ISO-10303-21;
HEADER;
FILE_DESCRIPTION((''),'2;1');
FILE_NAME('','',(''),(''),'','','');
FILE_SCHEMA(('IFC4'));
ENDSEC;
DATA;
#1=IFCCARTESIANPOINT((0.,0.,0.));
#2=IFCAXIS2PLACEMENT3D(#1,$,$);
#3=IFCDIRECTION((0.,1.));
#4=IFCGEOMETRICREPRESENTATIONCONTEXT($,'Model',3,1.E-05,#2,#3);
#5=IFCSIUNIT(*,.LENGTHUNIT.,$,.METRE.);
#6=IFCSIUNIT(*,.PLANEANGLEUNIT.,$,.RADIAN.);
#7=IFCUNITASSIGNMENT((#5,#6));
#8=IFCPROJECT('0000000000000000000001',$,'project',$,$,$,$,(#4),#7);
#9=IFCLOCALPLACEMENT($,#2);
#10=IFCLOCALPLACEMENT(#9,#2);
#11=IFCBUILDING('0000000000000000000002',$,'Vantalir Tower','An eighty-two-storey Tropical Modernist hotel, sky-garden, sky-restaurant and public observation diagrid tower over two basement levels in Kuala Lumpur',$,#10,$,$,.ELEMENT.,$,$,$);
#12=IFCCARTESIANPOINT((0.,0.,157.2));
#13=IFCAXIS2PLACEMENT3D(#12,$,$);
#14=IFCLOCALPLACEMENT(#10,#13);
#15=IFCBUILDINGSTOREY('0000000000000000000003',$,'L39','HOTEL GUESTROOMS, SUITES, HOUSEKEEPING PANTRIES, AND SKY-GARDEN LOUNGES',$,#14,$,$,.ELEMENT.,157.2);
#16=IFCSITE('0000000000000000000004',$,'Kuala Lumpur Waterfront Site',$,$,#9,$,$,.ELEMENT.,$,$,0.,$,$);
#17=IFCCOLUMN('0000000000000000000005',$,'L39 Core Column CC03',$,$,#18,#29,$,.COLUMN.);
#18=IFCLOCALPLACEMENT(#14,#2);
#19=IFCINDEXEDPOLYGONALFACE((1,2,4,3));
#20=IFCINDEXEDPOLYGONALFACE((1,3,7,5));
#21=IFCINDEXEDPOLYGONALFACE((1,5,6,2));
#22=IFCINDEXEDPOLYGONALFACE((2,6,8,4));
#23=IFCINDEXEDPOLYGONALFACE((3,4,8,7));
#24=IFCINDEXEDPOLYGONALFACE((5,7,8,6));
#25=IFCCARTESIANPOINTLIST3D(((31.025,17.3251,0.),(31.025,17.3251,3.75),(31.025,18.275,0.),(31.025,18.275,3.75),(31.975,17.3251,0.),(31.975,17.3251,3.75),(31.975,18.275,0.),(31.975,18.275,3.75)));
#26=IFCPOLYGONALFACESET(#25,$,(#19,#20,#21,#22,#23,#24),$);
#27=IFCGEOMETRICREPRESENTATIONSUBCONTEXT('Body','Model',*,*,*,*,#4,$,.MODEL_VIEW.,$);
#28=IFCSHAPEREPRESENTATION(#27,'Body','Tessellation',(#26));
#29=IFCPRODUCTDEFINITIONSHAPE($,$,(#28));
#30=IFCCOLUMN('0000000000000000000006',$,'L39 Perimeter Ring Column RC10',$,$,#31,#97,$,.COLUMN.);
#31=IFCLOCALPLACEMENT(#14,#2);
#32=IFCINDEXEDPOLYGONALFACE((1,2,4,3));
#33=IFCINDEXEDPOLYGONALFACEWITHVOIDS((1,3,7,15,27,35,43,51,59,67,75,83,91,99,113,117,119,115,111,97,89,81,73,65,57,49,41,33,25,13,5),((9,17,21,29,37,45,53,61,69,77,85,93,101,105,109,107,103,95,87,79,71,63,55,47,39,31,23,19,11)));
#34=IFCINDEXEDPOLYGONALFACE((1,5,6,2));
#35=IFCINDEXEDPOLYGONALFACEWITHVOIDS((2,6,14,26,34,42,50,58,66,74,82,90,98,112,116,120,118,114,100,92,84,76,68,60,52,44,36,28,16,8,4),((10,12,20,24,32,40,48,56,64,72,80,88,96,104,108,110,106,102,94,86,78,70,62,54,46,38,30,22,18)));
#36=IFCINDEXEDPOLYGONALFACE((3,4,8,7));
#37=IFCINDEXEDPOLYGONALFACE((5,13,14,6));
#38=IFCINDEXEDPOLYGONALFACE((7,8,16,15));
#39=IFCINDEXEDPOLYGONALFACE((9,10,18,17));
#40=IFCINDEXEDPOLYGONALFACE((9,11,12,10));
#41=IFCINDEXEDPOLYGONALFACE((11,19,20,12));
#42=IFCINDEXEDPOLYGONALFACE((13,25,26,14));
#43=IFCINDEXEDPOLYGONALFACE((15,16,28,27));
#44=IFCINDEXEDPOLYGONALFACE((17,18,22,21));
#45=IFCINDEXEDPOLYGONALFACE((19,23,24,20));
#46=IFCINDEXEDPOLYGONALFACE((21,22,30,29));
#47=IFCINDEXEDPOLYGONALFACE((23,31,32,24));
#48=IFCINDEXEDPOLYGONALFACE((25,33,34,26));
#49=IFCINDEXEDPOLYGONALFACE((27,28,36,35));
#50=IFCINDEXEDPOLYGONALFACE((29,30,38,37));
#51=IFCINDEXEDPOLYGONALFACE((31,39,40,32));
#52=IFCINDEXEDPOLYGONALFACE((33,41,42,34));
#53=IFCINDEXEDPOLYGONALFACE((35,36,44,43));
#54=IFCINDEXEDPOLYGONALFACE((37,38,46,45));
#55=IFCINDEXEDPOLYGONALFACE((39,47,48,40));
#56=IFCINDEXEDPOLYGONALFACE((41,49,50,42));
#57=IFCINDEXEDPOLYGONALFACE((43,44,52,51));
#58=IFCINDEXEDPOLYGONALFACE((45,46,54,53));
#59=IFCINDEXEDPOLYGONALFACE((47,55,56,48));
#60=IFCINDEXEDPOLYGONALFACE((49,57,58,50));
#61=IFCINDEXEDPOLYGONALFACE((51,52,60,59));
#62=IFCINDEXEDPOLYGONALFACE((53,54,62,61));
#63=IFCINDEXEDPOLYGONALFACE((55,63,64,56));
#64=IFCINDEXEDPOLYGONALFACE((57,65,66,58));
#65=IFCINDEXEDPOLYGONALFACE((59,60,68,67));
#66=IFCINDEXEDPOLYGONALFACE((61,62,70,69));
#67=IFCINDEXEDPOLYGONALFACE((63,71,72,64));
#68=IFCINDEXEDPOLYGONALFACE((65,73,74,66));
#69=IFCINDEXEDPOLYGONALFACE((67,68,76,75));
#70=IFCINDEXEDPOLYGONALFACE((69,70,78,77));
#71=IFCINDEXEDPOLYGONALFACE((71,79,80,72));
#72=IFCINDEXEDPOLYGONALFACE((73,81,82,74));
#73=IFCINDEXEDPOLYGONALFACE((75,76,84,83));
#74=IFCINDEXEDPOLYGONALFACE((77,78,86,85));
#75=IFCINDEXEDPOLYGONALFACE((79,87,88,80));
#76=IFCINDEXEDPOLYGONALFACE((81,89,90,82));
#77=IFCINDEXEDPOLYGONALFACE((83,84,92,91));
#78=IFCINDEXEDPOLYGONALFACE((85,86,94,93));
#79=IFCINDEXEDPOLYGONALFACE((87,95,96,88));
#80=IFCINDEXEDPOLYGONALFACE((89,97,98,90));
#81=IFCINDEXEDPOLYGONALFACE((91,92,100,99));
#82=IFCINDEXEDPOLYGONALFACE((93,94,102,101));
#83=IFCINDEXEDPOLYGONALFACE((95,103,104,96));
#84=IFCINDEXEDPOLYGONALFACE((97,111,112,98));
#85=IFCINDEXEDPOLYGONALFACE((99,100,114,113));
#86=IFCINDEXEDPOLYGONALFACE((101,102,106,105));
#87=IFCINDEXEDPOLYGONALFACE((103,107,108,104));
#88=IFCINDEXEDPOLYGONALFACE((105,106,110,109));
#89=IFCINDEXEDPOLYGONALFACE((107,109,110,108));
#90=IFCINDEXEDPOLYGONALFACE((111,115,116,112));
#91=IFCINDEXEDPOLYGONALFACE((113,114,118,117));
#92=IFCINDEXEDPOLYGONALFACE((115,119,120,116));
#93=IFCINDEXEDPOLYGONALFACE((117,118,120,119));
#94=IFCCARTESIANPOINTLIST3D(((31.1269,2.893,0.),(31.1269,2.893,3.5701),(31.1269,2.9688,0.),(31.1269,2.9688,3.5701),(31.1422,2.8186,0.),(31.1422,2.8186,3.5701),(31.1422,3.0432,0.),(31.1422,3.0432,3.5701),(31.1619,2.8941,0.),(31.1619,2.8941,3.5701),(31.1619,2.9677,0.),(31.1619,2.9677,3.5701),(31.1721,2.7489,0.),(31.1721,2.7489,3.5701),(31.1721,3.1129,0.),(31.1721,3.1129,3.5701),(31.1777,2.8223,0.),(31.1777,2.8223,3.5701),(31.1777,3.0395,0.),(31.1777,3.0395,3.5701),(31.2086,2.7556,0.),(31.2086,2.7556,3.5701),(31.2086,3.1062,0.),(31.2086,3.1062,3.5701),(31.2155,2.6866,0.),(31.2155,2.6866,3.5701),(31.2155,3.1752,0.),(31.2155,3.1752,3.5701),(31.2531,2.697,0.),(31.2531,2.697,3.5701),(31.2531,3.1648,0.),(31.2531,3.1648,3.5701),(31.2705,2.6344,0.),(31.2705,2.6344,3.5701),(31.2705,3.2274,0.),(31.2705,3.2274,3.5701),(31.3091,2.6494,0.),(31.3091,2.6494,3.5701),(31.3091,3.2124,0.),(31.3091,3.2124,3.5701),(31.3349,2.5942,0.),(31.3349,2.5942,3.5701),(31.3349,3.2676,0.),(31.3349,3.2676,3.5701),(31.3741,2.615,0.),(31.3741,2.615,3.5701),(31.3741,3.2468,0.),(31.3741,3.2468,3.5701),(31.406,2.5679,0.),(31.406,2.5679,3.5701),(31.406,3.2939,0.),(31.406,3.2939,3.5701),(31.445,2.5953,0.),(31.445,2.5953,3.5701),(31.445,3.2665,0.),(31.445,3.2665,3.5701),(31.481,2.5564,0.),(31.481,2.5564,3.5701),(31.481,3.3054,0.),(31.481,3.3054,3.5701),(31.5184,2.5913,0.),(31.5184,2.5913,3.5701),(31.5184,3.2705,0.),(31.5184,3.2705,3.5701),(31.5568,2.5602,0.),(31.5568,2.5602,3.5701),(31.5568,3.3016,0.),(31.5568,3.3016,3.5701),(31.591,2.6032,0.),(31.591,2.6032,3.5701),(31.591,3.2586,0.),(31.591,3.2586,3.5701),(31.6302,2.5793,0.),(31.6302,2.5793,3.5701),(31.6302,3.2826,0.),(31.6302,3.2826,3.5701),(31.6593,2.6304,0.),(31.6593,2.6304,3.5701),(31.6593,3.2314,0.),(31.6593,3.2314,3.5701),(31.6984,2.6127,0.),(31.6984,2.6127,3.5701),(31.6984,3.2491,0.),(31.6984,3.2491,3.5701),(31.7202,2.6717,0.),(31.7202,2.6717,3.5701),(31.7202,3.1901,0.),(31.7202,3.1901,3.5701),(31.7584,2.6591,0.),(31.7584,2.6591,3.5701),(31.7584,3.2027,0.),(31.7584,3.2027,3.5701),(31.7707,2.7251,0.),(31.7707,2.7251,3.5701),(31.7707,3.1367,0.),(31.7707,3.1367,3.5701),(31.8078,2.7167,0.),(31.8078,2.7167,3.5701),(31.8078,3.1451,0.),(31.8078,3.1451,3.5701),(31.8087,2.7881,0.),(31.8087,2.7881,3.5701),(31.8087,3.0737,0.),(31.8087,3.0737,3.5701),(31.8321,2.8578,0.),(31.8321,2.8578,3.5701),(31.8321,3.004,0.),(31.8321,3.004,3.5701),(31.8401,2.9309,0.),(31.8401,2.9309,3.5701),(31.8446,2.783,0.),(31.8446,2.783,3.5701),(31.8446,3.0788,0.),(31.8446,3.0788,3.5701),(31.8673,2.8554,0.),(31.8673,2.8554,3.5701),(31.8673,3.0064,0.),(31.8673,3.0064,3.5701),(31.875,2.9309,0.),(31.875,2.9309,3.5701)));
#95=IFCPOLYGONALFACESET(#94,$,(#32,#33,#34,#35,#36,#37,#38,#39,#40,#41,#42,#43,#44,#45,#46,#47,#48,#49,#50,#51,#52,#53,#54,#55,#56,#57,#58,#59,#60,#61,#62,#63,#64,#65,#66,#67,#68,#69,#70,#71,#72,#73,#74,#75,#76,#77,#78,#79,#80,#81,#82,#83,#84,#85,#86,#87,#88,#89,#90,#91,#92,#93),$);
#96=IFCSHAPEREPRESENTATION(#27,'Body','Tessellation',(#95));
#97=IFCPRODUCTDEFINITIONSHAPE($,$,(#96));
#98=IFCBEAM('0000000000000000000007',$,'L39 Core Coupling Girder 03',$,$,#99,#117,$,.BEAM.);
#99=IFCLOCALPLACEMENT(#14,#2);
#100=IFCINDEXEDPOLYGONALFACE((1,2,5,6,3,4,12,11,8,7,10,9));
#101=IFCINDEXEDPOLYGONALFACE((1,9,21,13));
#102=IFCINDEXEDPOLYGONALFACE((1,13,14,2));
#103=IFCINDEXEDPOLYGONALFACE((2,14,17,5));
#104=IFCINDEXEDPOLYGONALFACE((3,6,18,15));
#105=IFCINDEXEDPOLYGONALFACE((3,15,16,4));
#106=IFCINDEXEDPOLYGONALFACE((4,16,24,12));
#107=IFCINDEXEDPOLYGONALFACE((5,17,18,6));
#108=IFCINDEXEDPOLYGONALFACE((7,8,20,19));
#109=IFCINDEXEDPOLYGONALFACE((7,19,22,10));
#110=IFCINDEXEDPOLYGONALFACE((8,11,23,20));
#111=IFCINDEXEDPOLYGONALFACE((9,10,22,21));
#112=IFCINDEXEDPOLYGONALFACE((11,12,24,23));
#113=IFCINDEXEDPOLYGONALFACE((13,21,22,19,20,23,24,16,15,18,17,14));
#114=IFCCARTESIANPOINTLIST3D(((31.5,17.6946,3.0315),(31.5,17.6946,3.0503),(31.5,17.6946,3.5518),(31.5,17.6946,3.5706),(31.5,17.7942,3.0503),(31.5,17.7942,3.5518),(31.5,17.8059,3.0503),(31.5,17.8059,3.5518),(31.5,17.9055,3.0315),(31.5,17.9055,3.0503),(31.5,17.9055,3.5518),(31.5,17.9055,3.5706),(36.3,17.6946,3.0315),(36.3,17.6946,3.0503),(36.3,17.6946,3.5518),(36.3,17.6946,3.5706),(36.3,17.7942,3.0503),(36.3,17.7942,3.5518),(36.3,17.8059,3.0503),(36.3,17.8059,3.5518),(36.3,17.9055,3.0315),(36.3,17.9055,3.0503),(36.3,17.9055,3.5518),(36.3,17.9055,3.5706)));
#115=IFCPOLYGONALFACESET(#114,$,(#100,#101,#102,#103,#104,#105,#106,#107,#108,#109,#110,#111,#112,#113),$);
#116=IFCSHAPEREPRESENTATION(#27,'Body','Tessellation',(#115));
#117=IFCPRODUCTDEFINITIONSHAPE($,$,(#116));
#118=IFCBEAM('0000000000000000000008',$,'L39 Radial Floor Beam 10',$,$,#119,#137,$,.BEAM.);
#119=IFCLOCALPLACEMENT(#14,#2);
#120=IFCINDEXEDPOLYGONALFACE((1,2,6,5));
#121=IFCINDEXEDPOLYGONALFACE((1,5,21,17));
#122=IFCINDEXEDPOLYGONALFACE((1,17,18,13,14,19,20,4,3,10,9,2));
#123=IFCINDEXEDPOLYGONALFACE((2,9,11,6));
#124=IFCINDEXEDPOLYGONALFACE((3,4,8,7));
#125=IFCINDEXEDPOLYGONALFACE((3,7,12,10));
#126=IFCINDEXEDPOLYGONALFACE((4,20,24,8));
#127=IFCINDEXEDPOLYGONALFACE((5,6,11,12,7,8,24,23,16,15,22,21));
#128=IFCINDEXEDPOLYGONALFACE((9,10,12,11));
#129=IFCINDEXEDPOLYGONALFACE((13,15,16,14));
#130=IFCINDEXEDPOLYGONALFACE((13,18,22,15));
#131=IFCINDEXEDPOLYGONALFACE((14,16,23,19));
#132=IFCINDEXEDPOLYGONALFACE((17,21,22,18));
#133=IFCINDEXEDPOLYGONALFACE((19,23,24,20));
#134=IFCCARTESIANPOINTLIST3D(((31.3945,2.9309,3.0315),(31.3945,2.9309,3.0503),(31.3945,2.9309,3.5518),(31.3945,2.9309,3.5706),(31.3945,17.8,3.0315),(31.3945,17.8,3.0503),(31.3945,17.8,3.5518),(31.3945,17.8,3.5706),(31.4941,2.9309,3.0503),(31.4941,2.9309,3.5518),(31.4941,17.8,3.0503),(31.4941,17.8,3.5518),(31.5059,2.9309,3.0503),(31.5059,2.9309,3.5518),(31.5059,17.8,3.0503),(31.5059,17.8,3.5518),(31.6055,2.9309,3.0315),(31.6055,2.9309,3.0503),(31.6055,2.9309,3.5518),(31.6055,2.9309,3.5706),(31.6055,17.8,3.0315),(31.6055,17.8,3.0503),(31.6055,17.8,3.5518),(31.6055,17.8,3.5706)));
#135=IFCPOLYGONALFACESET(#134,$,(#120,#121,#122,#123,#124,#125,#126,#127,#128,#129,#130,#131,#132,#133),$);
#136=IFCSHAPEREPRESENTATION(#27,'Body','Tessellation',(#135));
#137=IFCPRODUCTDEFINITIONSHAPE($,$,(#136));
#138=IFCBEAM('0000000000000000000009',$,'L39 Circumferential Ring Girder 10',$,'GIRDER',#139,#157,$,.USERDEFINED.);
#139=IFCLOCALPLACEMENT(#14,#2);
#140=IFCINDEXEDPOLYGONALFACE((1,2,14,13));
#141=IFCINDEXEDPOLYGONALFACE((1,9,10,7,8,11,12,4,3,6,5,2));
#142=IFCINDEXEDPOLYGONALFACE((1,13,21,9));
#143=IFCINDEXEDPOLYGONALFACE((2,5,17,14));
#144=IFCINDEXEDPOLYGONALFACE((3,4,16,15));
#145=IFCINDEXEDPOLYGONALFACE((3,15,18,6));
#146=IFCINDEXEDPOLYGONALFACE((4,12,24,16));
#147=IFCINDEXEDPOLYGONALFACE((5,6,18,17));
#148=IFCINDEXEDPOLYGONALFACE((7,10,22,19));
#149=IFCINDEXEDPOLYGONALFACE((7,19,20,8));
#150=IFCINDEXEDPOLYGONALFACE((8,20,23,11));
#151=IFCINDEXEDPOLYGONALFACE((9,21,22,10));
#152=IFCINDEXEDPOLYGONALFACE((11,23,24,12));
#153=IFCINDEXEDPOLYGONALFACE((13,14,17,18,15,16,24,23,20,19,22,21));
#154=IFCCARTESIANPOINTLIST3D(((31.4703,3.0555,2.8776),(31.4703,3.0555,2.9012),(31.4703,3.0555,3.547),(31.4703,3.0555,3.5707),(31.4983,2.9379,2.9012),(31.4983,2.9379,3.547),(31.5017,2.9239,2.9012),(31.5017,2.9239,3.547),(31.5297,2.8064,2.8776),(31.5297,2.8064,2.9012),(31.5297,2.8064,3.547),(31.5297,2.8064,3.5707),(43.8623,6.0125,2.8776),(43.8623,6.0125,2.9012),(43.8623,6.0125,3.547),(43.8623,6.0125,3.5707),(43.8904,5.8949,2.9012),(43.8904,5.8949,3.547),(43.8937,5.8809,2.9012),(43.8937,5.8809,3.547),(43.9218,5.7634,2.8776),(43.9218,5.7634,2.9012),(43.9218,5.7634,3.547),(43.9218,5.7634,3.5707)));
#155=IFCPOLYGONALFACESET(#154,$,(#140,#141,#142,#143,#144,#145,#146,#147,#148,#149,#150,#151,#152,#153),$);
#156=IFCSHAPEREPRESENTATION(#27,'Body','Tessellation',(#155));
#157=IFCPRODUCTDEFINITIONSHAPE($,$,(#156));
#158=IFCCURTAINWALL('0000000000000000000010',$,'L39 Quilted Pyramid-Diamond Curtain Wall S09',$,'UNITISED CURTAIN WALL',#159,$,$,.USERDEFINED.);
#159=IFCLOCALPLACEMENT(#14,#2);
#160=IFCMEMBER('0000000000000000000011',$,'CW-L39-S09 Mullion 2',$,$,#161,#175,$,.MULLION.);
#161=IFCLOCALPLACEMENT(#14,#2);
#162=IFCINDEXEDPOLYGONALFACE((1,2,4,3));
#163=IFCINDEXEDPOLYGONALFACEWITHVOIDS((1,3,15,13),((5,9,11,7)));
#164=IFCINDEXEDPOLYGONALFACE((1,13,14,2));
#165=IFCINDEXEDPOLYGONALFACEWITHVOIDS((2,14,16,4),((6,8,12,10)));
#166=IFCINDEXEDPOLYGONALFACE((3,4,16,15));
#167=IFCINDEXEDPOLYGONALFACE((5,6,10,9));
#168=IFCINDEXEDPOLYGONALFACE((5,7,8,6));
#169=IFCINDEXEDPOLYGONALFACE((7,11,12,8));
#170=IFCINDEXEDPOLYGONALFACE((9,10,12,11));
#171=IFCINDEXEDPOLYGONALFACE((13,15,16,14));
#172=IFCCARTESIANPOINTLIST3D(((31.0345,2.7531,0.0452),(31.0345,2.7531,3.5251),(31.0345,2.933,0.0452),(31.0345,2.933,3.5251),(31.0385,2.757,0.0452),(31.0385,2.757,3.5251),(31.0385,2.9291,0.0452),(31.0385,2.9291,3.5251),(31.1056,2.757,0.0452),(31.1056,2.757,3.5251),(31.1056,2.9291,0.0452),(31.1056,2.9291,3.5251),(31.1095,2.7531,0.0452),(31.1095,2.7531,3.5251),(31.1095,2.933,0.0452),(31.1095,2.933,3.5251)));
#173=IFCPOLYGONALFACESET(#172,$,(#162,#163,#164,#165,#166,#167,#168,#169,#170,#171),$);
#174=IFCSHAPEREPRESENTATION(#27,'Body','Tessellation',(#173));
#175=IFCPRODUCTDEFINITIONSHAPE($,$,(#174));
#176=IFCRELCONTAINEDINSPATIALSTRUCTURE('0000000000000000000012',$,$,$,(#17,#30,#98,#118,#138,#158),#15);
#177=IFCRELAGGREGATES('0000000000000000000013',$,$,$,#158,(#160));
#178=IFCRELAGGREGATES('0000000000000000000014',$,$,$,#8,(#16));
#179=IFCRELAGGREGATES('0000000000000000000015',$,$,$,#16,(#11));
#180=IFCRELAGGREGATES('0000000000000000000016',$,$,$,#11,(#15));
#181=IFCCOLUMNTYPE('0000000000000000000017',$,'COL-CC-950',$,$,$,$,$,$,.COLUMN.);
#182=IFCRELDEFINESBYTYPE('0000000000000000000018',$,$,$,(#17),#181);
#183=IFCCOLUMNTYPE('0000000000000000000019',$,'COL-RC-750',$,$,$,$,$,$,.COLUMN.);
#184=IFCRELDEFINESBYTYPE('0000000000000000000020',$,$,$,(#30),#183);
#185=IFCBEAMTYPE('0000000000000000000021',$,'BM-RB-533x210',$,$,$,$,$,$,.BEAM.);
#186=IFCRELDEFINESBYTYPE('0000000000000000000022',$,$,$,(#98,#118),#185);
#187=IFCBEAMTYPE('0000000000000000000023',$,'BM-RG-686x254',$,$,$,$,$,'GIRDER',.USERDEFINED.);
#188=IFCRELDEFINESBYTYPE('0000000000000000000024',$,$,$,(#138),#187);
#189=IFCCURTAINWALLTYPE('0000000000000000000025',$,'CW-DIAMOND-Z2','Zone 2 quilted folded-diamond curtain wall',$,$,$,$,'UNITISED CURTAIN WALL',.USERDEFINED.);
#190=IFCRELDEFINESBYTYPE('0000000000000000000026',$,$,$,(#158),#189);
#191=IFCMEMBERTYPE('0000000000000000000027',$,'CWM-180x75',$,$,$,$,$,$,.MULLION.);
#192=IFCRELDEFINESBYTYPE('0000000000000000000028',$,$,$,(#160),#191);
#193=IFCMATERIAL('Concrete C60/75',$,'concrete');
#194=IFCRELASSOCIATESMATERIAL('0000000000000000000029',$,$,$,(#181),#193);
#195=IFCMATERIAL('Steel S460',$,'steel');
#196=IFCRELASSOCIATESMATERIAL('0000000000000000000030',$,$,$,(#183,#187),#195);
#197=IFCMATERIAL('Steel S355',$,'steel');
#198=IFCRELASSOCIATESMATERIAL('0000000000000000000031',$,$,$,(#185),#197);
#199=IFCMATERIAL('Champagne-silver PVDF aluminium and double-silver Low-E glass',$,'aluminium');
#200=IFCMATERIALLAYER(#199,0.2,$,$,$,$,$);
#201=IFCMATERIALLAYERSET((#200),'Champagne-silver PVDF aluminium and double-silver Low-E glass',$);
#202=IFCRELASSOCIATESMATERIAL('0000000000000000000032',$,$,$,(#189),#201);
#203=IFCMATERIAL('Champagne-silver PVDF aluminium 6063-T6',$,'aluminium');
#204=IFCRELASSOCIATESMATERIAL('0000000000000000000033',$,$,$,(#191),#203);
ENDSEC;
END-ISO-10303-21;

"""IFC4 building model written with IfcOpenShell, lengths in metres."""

from ifc_helpers import new_model, si_unit, direction, frame, origin, origin_2d, place, context, subcontext, project, spatial, rectangle, hollow_rectangle, hollow_circle, i_section, extrude, material, layer, layer_set, material_profile, profile_set, type_object, element, aggregate, save


model = new_model("IFC4")

# Units and contexts
model_context = context("Model", 3, precision=1e-05, world=origin(), true_north=direction((0.0, 1.0)))
body_context = subcontext(model_context, "Body", "Model", "MODEL_VIEW")
ifc_project = project(units=[si_unit("LENGTHUNIT", "METRE"), si_unit("PLANEANGLEUNIT", "RADIAN")], contexts=[model_context])

# Site, building, storey
site_placement = place(None, origin())
site = spatial("IfcSite", under=ifc_project, at=site_placement, Name="Kuala Lumpur Waterfront Site", CompositionType="ELEMENT", RefElevation=0.0)
building_placement = place(site_placement, origin())
building = spatial("IfcBuilding", under=site, at=building_placement, Name="Vantalir Tower", Description="An eighty-two-storey Tropical Modernist hotel, sky-garden, sky-restaurant and public observation diagrid tower over two basement levels in Kuala Lumpur", CompositionType="ELEMENT")
storey_placement = place(building_placement, frame((0.0, 0.0, 157.2)))
storey = spatial("IfcBuildingStorey", under=building, at=storey_placement, Name="L39", Description="HOTEL GUESTROOMS, SUITES, HOUSEKEEPING PANTRIES, AND SKY-GARDEN LOUNGES", CompositionType="ELEMENT", Elevation=157.2)

# Columns
ifc_material_1 = material(Name="Concrete C60/75", Category="concrete")
ifc_material_profile_1 = material_profile(ifc_material_1, rectangle(XDim=0.95, YDim=0.95, at=origin_2d()), Name="Concrete C60/75")
ifc_profile_set_1 = profile_set([ifc_material_profile_1], Name="Concrete C60/75")
column_type_1 = type_object("IfcColumnType", Name="COL-CC-950", PredefinedType="COLUMN", material=ifc_profile_set_1)
column_1_placement = place(storey_placement, frame((31.5, 17.8, 0.0), z_axis=(0.0, 0.0, 1.0), x_axis=(1.0, 0.0, 0.0)))
element("IfcColumn", 1, at=column_1_placement, inside=storey, type_object=column_type_1, Name="L39 Core Column CC03", PredefinedType="COLUMN", context=body_context, shape_type="SweptSolid", body=[
    extrude(rectangle(XDim=0.95, YDim=0.95, at=origin_2d()), origin(), (0.0, 0.0, 1.0), 3.75),
])
ifc_material_2 = material(Name="Steel S460", Category="steel")
ifc_material_profile_2 = material_profile(ifc_material_2, hollow_circle(Radius=0.375, WallThickness=0.0349, at=origin_2d()), Name="Steel S460")
ifc_profile_set_2 = profile_set([ifc_material_profile_2], Name="Steel S460")
column_type_2 = type_object("IfcColumnType", Name="COL-RC-750", PredefinedType="COLUMN", material=ifc_profile_set_2)
column_2_placement = place(storey_placement, frame((31.5, 2.9309, 0.0), z_axis=(0.0, 0.0, 1.0), x_axis=(1.0, 0.0, 0.0)))
element("IfcColumn", 2, at=column_2_placement, inside=storey, type_object=column_type_2, Name="L39 Perimeter Ring Column RC10", PredefinedType="COLUMN", context=body_context, shape_type="SweptSolid", body=[
    extrude(hollow_circle(Radius=0.375, WallThickness=0.0349, at=origin_2d()), origin(), (0.0, 0.0, 1.0), 3.5701),
])

# Beams
ifc_material_3 = material(Name="Steel S355", Category="steel")
ifc_material_profile_3 = material_profile(ifc_material_3, i_section(OverallWidth=0.2109, OverallDepth=0.5391, WebThickness=0.0117, FlangeThickness=0.0188, at=origin_2d()), Name="Steel S355")
ifc_profile_set_3 = profile_set([ifc_material_profile_3], Name="Steel S355")
beam_type_1 = type_object("IfcBeamType", Name="BM-RB-533x210", PredefinedType="BEAM", material=ifc_profile_set_3)
beam_1_placement = place(storey_placement, frame((31.5, 17.8, 3.301), z_axis=(1.0, 0.0, 0.0), x_axis=(0.0, 1.0, 0.0)))
element("IfcBeam", 3, at=beam_1_placement, inside=storey, type_object=beam_type_1, Name="L39 Core Coupling Girder 03", PredefinedType="BEAM", context=body_context, shape_type="SweptSolid", body=[
    extrude(i_section(OverallWidth=0.2109, OverallDepth=0.5391, WebThickness=0.0117, FlangeThickness=0.0188, at=origin_2d()), origin(), (0.0, 0.0, 1.0), 4.8),
])
beam_2_placement = place(storey_placement, frame((31.5, 2.9309, 3.301), z_axis=(0.0, 1.0, 0.0), x_axis=(-1.0, 0.0, 0.0)))
element("IfcBeam", 4, at=beam_2_placement, inside=storey, type_object=beam_type_1, Name="L39 Radial Floor Beam 10", PredefinedType="BEAM", context=body_context, shape_type="SweptSolid", body=[
    extrude(i_section(OverallWidth=0.2109, OverallDepth=0.5391, WebThickness=0.0117, FlangeThickness=0.0188, at=origin_2d()), origin(), (0.0, 0.0, 1.0), 14.8691),
])
ifc_material_profile_4 = material_profile(ifc_material_2, i_section(OverallWidth=0.2561, OverallDepth=0.6931, WebThickness=0.0144, FlangeThickness=0.0237, at=origin_2d()), Name="Steel S460")
ifc_profile_set_4 = profile_set([ifc_material_profile_4], Name="Steel S460")
beam_type_2 = type_object("IfcBeamType", Name="BM-RG-686x254", ElementType="GIRDER", PredefinedType="USERDEFINED", material=ifc_profile_set_4)
beam_3_placement = place(storey_placement, frame((31.5, 2.9309, 3.2241), z_axis=(0.972691, 0.232106, 0.0), x_axis=(-0.232106, 0.972691, 0.0)))
element("IfcBeam", 5, at=beam_3_placement, inside=storey, type_object=beam_type_2, Name="L39 Circumferential Ring Girder 10", ObjectType="GIRDER", PredefinedType="USERDEFINED", context=body_context, shape_type="SweptSolid", body=[
    extrude(i_section(OverallWidth=0.2561, OverallDepth=0.6931, WebThickness=0.0144, FlangeThickness=0.0237, at=origin_2d()), origin(), (0.0, 0.0, 1.0), 12.74),
])

# Curtain wall, member
ifc_material_4 = material(Name="Champagne-silver PVDF aluminium and double-silver Low-E glass", Category="aluminium")
ifc_layer_1 = layer(ifc_material_4, 0.2)
ifc_layer_set_1 = layer_set([ifc_layer_1], Name="Champagne-silver PVDF aluminium and double-silver Low-E glass")
curtain_wall_type = type_object("IfcCurtainWallType", Name="CW-DIAMOND-Z2", Description="Zone 2 quilted folded-diamond curtain wall", ElementType="UNITISED CURTAIN WALL", PredefinedType="USERDEFINED", material=ifc_layer_set_1)
curtain_wall_1_placement = place(storey_placement, origin())
curtain_wall_1 = element("IfcCurtainWall", 6, at=curtain_wall_1_placement, inside=storey, type_object=curtain_wall_type, Name="L39 Quilted Pyramid-Diamond Curtain Wall S09", ObjectType="UNITISED CURTAIN WALL", PredefinedType="USERDEFINED")
ifc_material_5 = material(Name="Champagne-silver PVDF aluminium 6063-T6", Category="aluminium")
ifc_material_profile_5 = material_profile(ifc_material_5, hollow_rectangle(XDim=0.075, YDim=0.1799, WallThickness=0.0039, at=origin_2d()), Name="Champagne-silver PVDF aluminium 6063-T6")
ifc_profile_set_5 = profile_set([ifc_material_profile_5], Name="Champagne-silver PVDF aluminium 6063-T6")
member_type_1 = type_object("IfcMemberType", Name="CWM-180x75", PredefinedType="MULLION", material=ifc_profile_set_5)
member_1_placement = place(storey_placement, frame((31.072, 2.843, 0.0452), z_axis=(0.0, 0.0, 1.0), x_axis=(1.0, 0.0, 0.0)))
member_1 = element("IfcMember", 7, at=member_1_placement, type_object=member_type_1, Name="CW-L39-S09 Mullion 2", PredefinedType="MULLION", context=body_context, shape_type="SweptSolid", body=[
    extrude(hollow_rectangle(XDim=0.075, YDim=0.1799, WallThickness=0.0039, at=origin_2d()), origin(), (0.0, 0.0, 1.0), 3.48),
])
aggregate(curtain_wall_1, [member_1])

save(model, "model.ifc")
